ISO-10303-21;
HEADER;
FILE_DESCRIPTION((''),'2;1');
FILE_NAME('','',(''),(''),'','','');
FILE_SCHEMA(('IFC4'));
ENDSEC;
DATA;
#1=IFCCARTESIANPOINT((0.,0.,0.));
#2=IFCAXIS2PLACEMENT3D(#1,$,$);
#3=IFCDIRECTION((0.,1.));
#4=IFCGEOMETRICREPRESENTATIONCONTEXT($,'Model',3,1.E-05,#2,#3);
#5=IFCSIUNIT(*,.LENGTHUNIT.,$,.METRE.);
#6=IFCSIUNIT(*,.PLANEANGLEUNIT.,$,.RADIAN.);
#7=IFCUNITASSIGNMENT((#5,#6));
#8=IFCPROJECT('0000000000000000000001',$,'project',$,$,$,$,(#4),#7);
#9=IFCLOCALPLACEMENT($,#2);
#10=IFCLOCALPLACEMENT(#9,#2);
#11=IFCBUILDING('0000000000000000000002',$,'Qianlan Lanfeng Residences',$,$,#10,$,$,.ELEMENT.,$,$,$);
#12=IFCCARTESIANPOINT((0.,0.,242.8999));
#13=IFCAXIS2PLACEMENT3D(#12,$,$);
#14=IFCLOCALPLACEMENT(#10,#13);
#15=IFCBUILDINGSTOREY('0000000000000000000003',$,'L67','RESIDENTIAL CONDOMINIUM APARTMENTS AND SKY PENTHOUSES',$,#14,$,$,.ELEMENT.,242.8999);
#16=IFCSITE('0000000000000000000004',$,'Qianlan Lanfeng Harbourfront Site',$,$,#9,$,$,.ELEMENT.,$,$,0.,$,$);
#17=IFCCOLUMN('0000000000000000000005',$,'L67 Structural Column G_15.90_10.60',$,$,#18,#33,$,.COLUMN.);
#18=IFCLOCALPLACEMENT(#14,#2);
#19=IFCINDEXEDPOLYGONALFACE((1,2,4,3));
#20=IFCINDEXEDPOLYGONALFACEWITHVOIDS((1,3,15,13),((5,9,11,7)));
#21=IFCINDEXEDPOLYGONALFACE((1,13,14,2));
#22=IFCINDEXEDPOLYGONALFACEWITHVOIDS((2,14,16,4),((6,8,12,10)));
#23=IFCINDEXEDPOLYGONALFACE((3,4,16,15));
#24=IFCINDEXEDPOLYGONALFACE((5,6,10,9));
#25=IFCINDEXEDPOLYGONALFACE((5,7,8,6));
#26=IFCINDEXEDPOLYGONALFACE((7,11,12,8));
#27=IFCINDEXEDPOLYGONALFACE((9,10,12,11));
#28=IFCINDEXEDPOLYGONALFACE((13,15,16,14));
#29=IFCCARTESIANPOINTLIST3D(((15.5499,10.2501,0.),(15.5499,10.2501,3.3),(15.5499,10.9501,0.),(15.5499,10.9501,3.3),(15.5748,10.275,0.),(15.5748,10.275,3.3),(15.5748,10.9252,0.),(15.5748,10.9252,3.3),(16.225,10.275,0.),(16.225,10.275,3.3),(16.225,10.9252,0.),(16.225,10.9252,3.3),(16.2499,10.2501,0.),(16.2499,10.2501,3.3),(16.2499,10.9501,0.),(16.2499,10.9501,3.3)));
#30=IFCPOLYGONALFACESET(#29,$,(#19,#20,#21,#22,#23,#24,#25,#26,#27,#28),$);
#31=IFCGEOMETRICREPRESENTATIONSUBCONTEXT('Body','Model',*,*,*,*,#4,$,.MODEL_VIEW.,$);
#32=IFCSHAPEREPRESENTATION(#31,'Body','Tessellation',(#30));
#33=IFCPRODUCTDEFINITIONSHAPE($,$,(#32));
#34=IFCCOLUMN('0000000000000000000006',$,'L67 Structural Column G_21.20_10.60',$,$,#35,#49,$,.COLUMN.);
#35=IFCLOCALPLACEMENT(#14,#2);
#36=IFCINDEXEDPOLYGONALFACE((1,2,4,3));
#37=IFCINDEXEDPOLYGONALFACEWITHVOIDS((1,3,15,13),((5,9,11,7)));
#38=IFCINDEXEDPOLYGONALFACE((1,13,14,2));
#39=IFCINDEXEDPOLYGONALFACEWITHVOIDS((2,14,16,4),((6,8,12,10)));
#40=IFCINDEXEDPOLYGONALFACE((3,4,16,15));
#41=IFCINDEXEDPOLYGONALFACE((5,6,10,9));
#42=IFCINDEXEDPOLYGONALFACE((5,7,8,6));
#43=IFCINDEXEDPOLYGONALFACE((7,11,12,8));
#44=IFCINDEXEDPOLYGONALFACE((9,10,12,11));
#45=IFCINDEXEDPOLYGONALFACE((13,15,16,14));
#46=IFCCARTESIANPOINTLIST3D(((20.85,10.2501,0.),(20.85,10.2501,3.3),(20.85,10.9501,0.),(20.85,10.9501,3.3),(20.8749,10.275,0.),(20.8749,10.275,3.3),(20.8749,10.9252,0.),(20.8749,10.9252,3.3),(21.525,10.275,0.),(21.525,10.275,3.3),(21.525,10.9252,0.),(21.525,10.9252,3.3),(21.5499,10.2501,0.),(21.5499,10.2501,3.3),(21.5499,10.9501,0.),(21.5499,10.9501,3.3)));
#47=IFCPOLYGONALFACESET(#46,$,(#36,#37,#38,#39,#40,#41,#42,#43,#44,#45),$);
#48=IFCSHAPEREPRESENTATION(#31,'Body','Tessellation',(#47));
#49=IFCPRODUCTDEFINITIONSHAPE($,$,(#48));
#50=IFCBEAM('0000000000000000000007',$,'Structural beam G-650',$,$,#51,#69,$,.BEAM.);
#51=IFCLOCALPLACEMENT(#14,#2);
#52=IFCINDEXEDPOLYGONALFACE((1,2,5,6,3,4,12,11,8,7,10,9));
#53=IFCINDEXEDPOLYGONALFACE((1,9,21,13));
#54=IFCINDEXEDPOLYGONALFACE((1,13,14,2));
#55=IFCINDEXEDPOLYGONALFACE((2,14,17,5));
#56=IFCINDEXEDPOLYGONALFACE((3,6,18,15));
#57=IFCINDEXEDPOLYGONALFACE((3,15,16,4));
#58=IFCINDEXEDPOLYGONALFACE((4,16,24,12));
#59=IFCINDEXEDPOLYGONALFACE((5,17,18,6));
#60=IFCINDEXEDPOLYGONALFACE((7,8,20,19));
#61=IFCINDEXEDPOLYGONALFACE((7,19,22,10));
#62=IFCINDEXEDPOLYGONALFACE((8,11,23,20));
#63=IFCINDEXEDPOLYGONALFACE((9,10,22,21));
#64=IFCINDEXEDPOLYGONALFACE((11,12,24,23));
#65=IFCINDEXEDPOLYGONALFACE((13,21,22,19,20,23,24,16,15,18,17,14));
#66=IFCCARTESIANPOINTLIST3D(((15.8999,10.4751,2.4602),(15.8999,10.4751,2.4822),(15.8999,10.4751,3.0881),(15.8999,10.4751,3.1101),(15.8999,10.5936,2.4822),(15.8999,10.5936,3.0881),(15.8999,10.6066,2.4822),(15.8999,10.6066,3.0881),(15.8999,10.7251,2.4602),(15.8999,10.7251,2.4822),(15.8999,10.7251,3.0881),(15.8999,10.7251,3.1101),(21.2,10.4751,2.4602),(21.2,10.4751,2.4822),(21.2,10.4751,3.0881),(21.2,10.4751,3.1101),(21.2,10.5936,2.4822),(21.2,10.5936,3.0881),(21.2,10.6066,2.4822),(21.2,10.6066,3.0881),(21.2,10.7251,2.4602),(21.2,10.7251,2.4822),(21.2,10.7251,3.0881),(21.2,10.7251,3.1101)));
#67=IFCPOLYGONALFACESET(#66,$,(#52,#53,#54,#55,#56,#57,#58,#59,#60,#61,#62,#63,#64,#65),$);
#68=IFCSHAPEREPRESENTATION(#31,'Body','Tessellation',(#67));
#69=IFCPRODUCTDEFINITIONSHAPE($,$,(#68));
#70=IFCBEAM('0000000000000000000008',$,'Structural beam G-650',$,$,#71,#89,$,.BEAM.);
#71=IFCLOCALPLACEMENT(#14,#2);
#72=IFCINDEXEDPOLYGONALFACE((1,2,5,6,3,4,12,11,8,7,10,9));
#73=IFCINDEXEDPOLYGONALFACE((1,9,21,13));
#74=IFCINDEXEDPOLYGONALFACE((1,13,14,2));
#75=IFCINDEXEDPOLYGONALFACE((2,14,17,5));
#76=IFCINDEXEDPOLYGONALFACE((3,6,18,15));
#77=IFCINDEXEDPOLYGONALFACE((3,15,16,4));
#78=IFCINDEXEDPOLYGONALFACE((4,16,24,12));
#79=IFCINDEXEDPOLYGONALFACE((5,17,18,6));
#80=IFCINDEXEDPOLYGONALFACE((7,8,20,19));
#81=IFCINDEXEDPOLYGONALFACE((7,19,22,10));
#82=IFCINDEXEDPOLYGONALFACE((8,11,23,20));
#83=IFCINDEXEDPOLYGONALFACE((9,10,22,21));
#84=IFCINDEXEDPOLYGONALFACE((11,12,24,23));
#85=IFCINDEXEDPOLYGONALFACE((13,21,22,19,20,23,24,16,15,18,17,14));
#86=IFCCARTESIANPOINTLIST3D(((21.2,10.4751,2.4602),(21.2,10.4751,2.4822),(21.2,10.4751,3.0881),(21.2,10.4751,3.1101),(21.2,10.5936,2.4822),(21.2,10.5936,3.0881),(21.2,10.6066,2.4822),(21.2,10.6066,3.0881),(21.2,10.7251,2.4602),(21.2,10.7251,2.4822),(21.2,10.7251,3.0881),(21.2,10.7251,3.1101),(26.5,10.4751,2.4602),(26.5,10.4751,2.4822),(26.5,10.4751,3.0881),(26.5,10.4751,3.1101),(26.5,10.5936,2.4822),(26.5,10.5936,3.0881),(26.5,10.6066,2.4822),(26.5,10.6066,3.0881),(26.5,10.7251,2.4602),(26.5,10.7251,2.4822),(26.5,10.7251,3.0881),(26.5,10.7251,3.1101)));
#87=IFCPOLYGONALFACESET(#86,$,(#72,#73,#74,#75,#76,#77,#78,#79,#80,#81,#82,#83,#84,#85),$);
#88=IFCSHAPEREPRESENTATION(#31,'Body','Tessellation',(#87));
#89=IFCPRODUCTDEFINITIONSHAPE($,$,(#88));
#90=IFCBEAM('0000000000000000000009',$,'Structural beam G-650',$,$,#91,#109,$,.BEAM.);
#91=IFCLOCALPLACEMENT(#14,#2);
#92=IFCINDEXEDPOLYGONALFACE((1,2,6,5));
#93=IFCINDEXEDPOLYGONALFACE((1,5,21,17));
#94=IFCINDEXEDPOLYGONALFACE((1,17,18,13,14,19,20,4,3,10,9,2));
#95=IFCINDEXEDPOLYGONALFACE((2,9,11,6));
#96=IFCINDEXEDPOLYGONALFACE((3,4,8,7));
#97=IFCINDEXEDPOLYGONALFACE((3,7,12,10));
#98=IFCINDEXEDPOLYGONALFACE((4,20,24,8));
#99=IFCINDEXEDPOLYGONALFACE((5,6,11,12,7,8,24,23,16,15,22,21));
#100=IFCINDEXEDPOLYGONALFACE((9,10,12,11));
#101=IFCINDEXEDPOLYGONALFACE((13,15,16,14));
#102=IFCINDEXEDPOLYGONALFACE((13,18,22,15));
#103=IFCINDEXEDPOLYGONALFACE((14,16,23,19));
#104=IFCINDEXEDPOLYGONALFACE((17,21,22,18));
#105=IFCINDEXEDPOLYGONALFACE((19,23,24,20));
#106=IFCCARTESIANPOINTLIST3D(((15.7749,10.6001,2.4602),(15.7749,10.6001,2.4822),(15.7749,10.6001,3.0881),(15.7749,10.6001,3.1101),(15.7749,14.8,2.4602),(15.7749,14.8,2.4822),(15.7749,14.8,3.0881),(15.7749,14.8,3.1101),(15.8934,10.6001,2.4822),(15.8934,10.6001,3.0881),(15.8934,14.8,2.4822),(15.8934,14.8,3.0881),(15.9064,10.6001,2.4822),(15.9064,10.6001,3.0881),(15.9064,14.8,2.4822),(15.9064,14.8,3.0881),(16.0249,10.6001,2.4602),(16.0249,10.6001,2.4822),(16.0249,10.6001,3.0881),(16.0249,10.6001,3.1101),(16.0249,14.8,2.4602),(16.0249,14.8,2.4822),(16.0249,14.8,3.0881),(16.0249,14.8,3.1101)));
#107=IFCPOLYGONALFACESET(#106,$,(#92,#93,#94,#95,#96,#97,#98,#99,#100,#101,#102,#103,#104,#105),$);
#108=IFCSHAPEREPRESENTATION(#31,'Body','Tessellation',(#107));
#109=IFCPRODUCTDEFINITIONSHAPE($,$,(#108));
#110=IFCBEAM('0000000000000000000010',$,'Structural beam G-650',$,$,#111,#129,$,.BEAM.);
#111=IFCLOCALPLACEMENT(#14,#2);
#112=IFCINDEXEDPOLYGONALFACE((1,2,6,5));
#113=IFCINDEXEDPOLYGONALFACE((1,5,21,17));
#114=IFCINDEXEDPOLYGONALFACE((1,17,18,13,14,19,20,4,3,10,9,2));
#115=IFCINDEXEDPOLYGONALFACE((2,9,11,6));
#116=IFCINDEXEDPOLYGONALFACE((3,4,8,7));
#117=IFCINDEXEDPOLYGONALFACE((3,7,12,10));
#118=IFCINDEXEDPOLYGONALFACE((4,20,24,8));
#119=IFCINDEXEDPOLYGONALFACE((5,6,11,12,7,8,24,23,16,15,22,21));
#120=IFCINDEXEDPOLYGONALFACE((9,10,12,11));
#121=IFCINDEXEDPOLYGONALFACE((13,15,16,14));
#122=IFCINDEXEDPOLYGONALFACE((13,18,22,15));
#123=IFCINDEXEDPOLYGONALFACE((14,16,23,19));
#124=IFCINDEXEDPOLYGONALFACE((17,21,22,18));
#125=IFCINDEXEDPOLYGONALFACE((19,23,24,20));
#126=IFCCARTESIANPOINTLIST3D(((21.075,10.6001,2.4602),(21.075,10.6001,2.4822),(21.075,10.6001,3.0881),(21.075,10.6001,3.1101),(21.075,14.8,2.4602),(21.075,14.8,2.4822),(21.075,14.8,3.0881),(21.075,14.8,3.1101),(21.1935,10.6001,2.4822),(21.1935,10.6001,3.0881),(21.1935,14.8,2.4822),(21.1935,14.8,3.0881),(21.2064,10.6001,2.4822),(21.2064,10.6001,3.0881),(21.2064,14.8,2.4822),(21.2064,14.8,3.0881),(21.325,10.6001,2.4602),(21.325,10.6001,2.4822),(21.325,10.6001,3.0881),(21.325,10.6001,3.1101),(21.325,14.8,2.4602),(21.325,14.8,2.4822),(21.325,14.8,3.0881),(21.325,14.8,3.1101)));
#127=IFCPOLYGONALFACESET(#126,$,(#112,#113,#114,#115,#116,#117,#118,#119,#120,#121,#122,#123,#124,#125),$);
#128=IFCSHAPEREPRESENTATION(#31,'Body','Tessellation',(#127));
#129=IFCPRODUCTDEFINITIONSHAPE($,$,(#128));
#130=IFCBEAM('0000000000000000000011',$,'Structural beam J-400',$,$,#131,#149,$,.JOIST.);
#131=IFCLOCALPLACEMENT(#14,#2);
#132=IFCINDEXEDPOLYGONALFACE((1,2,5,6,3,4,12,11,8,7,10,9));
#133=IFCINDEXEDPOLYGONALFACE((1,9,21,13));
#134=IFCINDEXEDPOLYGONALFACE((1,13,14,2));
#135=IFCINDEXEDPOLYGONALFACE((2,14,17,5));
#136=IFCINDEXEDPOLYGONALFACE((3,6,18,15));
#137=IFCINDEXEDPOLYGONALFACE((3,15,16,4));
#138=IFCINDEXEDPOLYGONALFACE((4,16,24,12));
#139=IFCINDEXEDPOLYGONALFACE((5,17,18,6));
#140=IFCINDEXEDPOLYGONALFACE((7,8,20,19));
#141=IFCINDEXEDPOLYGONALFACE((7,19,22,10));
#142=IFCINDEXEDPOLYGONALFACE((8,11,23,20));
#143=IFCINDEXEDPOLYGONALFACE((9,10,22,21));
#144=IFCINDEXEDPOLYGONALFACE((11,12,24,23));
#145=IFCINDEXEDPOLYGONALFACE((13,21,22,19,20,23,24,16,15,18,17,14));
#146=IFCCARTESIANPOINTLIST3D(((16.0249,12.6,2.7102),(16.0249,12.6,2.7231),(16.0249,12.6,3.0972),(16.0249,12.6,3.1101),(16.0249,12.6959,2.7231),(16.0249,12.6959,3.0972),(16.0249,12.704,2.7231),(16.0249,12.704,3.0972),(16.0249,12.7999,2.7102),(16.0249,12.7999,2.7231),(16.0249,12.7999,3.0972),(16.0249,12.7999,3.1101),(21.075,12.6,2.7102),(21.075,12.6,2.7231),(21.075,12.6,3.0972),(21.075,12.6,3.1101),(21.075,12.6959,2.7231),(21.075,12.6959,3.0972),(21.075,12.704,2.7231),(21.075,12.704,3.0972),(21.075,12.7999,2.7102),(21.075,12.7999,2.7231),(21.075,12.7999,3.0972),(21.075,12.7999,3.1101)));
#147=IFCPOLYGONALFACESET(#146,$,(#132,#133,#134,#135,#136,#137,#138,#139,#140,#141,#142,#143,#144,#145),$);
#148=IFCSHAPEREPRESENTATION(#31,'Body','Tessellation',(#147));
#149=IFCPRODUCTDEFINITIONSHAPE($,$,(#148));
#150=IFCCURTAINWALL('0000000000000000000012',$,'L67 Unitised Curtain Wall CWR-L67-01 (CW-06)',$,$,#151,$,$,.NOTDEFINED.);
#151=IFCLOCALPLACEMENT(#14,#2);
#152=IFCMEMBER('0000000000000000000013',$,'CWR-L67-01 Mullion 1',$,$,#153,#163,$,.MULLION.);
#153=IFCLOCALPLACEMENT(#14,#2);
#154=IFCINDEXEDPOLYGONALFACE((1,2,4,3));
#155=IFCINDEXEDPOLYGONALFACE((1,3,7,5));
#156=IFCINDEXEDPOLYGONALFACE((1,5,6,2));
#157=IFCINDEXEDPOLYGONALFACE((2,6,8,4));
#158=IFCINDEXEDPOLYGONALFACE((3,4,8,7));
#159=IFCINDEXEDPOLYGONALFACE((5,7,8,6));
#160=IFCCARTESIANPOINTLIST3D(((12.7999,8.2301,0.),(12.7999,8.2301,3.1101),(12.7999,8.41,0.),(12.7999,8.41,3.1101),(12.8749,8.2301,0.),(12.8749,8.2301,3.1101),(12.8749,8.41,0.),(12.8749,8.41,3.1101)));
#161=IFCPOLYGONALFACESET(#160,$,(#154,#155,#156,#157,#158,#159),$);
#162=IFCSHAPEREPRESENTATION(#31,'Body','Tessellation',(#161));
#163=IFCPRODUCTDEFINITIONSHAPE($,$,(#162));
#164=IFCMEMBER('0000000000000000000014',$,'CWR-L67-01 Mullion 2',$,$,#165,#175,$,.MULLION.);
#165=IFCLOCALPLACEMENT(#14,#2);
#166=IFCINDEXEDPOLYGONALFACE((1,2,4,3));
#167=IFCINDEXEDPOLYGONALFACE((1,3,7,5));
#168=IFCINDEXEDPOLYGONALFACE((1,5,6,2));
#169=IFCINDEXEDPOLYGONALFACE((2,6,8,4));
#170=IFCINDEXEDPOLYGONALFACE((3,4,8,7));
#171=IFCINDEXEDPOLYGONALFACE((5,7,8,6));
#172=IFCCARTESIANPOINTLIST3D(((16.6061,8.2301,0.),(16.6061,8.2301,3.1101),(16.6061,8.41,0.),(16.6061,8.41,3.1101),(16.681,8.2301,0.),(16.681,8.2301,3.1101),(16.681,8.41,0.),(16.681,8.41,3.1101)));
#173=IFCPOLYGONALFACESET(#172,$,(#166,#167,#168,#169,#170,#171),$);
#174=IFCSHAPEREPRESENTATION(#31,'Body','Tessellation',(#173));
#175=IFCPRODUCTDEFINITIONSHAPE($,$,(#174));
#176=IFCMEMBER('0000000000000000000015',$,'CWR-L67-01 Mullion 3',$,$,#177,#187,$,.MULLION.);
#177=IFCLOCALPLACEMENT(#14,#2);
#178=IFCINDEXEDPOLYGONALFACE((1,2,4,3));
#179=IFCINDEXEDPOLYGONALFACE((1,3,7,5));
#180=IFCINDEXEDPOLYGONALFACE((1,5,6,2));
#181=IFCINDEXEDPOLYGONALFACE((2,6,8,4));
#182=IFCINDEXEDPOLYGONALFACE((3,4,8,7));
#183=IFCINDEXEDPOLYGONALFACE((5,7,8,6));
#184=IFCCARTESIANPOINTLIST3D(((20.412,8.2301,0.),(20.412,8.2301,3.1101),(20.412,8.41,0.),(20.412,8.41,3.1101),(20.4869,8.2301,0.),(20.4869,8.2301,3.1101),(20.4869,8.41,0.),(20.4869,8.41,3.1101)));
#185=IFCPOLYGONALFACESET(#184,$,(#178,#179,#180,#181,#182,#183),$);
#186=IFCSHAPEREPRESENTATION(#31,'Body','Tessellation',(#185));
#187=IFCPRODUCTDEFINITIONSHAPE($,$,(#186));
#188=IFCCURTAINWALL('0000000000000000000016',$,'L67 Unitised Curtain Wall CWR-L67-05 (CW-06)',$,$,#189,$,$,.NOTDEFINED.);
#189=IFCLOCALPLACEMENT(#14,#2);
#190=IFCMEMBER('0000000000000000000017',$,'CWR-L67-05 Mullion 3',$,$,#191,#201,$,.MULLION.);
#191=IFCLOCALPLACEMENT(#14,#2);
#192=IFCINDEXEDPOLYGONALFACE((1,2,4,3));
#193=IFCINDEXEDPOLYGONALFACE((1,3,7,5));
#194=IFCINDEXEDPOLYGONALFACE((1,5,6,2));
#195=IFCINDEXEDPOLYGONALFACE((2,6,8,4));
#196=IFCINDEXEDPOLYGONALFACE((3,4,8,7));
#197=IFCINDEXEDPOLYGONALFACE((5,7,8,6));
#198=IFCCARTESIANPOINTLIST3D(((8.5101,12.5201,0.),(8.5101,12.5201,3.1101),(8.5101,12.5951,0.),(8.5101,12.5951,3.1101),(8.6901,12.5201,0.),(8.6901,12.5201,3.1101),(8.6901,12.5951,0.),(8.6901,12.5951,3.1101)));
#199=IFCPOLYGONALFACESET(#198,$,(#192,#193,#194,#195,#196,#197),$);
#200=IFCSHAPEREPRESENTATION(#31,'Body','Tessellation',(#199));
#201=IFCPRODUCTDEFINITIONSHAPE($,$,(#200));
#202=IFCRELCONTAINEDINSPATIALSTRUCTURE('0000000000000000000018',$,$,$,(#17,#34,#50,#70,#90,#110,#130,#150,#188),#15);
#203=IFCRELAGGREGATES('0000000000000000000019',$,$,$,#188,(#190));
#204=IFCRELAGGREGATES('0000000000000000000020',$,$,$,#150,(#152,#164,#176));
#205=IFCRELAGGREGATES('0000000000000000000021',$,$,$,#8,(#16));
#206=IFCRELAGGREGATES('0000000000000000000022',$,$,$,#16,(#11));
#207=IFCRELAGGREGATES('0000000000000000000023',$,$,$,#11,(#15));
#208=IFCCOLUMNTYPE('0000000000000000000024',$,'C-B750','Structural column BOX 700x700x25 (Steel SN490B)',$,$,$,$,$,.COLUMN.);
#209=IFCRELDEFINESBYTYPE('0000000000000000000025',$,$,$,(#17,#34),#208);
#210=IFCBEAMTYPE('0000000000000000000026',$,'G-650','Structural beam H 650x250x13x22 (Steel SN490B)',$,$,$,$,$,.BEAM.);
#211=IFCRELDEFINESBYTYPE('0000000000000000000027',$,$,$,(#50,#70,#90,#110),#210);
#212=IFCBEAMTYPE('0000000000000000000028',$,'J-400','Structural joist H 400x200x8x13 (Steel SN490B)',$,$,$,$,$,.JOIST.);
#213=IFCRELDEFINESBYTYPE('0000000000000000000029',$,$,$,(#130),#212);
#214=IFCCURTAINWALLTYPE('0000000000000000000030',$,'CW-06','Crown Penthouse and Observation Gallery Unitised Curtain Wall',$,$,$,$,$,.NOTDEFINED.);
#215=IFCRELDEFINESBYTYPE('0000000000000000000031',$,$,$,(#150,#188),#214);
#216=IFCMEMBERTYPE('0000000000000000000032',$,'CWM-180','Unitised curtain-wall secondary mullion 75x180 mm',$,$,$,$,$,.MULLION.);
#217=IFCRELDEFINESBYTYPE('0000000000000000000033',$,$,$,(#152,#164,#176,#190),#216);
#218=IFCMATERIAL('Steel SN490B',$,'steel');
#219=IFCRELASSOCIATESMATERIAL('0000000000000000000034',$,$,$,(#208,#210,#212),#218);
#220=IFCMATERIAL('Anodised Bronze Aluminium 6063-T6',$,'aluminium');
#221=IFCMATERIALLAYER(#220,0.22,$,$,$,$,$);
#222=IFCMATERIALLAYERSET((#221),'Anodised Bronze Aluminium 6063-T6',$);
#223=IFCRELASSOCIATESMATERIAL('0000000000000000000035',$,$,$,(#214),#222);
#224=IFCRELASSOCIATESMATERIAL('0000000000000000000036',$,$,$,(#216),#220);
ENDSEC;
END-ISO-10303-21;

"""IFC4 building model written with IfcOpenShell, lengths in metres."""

from ifc_helpers import new_model, si_unit, direction, frame, origin, origin_2d, place, context, subcontext, project, spatial, rectangle, hollow_rectangle, i_section, extrude, source, transform, mapped, material, layer, layer_set, material_profile, profile_set, type_object, element, aggregate, save


model = new_model("IFC4")

# Units and contexts
model_context = context("Model", 3, precision=1e-05, world=origin(), true_north=direction((0.0, 1.0)))
body_context = subcontext(model_context, "Body", "Model", "MODEL_VIEW")
ifc_project = project(units=[si_unit("LENGTHUNIT", "METRE"), si_unit("PLANEANGLEUNIT", "RADIAN")], contexts=[model_context])

# Site, building, storey
site_placement = place(None, origin())
site = spatial("IfcSite", under=ifc_project, at=site_placement, Name="Qianlan Lanfeng Harbourfront Site", CompositionType="ELEMENT", RefElevation=0.0)
building_placement = place(site_placement, origin())
building = spatial("IfcBuilding", under=site, at=building_placement, Name="Qianlan Lanfeng Residences", CompositionType="ELEMENT")
storey_placement = place(building_placement, frame((0.0, 0.0, 242.8999)))
storey = spatial("IfcBuildingStorey", under=building, at=storey_placement, Name="L67", Description="RESIDENTIAL CONDOMINIUM APARTMENTS AND SKY PENTHOUSES", CompositionType="ELEMENT", Elevation=242.8999)

# Columns
ifc_material_1 = material(Name="Steel SN490B", Category="steel")
ifc_material_profile_1 = material_profile(ifc_material_1, hollow_rectangle(XDim=0.7, YDim=0.7, WallThickness=0.0249, at=origin_2d()), Name="BOX 700x700x25")
ifc_profile_set_1 = profile_set([ifc_material_profile_1], Name="Steel SN490B")
column_type = type_object("IfcColumnType", Name="C-B750", Description="Structural column BOX 700x700x25 (Steel SN490B)", PredefinedType="COLUMN", material=ifc_profile_set_1)
for number, where, z_axis, x_axis, name in (
    (1, (15.8999, 10.6001, 0.0), (0.0, 0.0, 1.0), (1.0, 0.0, 0.0), "L67 Structural Column G_15.90_10.60"),
    (2, (21.2, 10.6001, 0.0), (0.0, 0.0, 1.0), (1.0, 0.0, 0.0), "L67 Structural Column G_21.20_10.60"),
):
    element("IfcColumn", number, at=place(storey_placement, frame(where, z_axis=z_axis, x_axis=x_axis)), inside=storey, type_object=column_type, Name=name, PredefinedType="COLUMN", context=body_context, shape_type="SweptSolid", body=[
        extrude(hollow_rectangle(XDim=0.7, YDim=0.7, WallThickness=0.0249, at=origin_2d()), origin(), (0.0, 0.0, 1.0), 3.3),
    ])

# Beams
ifc_material_profile_2 = material_profile(ifc_material_1, i_section(OverallWidth=0.25, OverallDepth=0.6499, WebThickness=0.0129, FlangeThickness=0.022, at=origin_2d()), Name="H 650x250x13x22")
ifc_profile_set_2 = profile_set([ifc_material_profile_2], Name="Steel SN490B")
beam_type_1 = type_object("IfcBeamType", Name="G-650", Description="Structural beam H 650x250x13x22 (Steel SN490B)", PredefinedType="BEAM", material=ifc_profile_set_2)
for number, where, z_axis, x_axis, name in (
    (3, (15.8999, 10.6001, 2.7852), (1.0, 0.0, 0.0), (0.0, 1.0, 0.0), "Structural beam G-650"),
    (4, (21.2, 10.6001, 2.7852), (1.0, 0.0, 0.0), (0.0, 1.0, 0.0), "Structural beam G-650"),
):
    element("IfcBeam", number, at=place(storey_placement, frame(where, z_axis=z_axis, x_axis=x_axis)), inside=storey, type_object=beam_type_1, Name=name, PredefinedType="BEAM", context=body_context, shape_type="SweptSolid", body=[
        extrude(i_section(OverallWidth=0.25, OverallDepth=0.6499, WebThickness=0.0129, FlangeThickness=0.022, at=origin_2d()), origin(), (0.0, 0.0, 1.0), 5.3),
    ])
for number, where, z_axis, x_axis, name in (
    (5, (15.8999, 10.6001, 2.7852), (0.0, 1.0, 0.0), (-1.0, 0.0, 0.0), "Structural beam G-650"),
    (6, (21.2, 10.6001, 2.7852), (0.0, 1.0, 0.0), (-1.0, 0.0, 0.0), "Structural beam G-650"),
):
    element("IfcBeam", number, at=place(storey_placement, frame(where, z_axis=z_axis, x_axis=x_axis)), inside=storey, type_object=beam_type_1, Name=name, PredefinedType="BEAM", context=body_context, shape_type="SweptSolid", body=[
        extrude(i_section(OverallWidth=0.25, OverallDepth=0.6499, WebThickness=0.0129, FlangeThickness=0.022, at=origin_2d()), origin(), (0.0, 0.0, 1.0), 4.2),
    ])
ifc_material_profile_3 = material_profile(ifc_material_1, i_section(OverallWidth=0.2, OverallDepth=0.3999, WebThickness=0.0081, FlangeThickness=0.0129, at=origin_2d()), Name="H 400x200x8x13")
ifc_profile_set_3 = profile_set([ifc_material_profile_3], Name="Steel SN490B")
beam_type_2 = type_object("IfcBeamType", Name="J-400", Description="Structural joist H 400x200x8x13 (Steel SN490B)", PredefinedType="JOIST", material=ifc_profile_set_3)
beam_placement = place(storey_placement, frame((16.0249, 12.7, 2.9102), z_axis=(1.0, 0.0, 0.0), x_axis=(0.0, 1.0, 0.0)))
element("IfcBeam", 7, at=beam_placement, inside=storey, type_object=beam_type_2, Name="Structural beam J-400", PredefinedType="JOIST", context=body_context, shape_type="SweptSolid", body=[
    extrude(i_section(OverallWidth=0.2, OverallDepth=0.3999, WebThickness=0.0081, FlangeThickness=0.0129, at=origin_2d()), origin(), (0.0, 0.0, 1.0), 5.05),
])

# Curtain wall, members
ifc_material_2 = material(Name="Anodised Bronze Aluminium 6063-T6", Category="aluminium")
ifc_layer_1 = layer(ifc_material_2, 0.22)
ifc_layer_set_1 = layer_set([ifc_layer_1], Name="Anodised Bronze Aluminium 6063-T6")
curtain_wall_type = type_object("IfcCurtainWallType", Name="CW-06", Description="Crown Penthouse and Observation Gallery Unitised Curtain Wall", PredefinedType="NOTDEFINED", material=ifc_layer_set_1)
curtain_wall_1_placement = place(storey_placement, origin())
curtain_wall_1 = element("IfcCurtainWall", 8, at=curtain_wall_1_placement, inside=storey, type_object=curtain_wall_type, Name="L67 Unitised Curtain Wall CWR-L67-01 (CW-06)", PredefinedType="NOTDEFINED")
ifc_material_profile_4 = material_profile(ifc_material_2, rectangle(XDim=0.075, YDim=0.1799, at=origin_2d()), Name="ALU MULLION 75x180")
ifc_profile_set_4 = profile_set([ifc_material_profile_4], Name="Anodised Bronze Aluminium 6063-T6")
member_type_1 = type_object("IfcMemberType", Name="CWM-180", Description="Unitised curtain-wall secondary mullion 75x180 mm", PredefinedType="MULLION", material=ifc_profile_set_4)
shared_shape_1 = source(origin(), body_context, "Body", "SweptSolid", [
    extrude(rectangle(XDim=0.075, YDim=0.1799, at=origin_2d()), origin(), (0.0, 0.0, 1.0), 3.1101),
])
member_1_placement = place(storey_placement, frame((12.8374, 8.3201, 0.0), z_axis=(0.0, 0.0, 1.0), x_axis=(1.0, 0.0, 0.0)))
member_1 = element("IfcMember", 9, at=member_1_placement, type_object=member_type_1, Name="CWR-L67-01 Mullion 1", PredefinedType="MULLION", context=body_context, shape_type="MappedRepresentation", body=[
    mapped(shared_shape_1, transform((0.0, 0.0, 0.0), scale=1.0)),
])
member_2_placement = place(storey_placement, frame((16.6436, 8.3201, 0.0), z_axis=(0.0, 0.0, 1.0), x_axis=(1.0, 0.0, 0.0)))
member_2 = element("IfcMember", 10, at=member_2_placement, type_object=member_type_1, Name="CWR-L67-01 Mullion 2", PredefinedType="MULLION", context=body_context, shape_type="MappedRepresentation", body=[
    mapped(shared_shape_1, transform((0.0, 0.0, 0.0), scale=1.0)),
])
member_3_placement = place(storey_placement, frame((20.4495, 8.3201, 0.0), z_axis=(0.0, 0.0, 1.0), x_axis=(1.0, 0.0, 0.0)))
member_3 = element("IfcMember", 11, at=member_3_placement, type_object=member_type_1, Name="CWR-L67-01 Mullion 3", PredefinedType="MULLION", context=body_context, shape_type="MappedRepresentation", body=[
    mapped(shared_shape_1, transform((0.0, 0.0, 0.0), scale=1.0)),
])

# Curtain wall, member
curtain_wall_2_placement = place(storey_placement, origin())
curtain_wall_2 = element("IfcCurtainWall", 12, at=curtain_wall_2_placement, inside=storey, type_object=curtain_wall_type, Name="L67 Unitised Curtain Wall CWR-L67-05 (CW-06)", PredefinedType="NOTDEFINED")
member_4_placement = place(storey_placement, frame((8.6001, 12.5576, 0.0), z_axis=(0.0, 0.0, 1.0), x_axis=(0.0, -1.0, 0.0)))
member_4 = element("IfcMember", 13, at=member_4_placement, type_object=member_type_1, Name="CWR-L67-05 Mullion 3", PredefinedType="MULLION", context=body_context, shape_type="MappedRepresentation", body=[
    mapped(shared_shape_1, transform((0.0, 0.0, 0.0), scale=1.0)),
])
aggregate(curtain_wall_2, [member_4])

aggregate(curtain_wall_1, [member_1, member_2, member_3])

save(model, "model.ifc")
